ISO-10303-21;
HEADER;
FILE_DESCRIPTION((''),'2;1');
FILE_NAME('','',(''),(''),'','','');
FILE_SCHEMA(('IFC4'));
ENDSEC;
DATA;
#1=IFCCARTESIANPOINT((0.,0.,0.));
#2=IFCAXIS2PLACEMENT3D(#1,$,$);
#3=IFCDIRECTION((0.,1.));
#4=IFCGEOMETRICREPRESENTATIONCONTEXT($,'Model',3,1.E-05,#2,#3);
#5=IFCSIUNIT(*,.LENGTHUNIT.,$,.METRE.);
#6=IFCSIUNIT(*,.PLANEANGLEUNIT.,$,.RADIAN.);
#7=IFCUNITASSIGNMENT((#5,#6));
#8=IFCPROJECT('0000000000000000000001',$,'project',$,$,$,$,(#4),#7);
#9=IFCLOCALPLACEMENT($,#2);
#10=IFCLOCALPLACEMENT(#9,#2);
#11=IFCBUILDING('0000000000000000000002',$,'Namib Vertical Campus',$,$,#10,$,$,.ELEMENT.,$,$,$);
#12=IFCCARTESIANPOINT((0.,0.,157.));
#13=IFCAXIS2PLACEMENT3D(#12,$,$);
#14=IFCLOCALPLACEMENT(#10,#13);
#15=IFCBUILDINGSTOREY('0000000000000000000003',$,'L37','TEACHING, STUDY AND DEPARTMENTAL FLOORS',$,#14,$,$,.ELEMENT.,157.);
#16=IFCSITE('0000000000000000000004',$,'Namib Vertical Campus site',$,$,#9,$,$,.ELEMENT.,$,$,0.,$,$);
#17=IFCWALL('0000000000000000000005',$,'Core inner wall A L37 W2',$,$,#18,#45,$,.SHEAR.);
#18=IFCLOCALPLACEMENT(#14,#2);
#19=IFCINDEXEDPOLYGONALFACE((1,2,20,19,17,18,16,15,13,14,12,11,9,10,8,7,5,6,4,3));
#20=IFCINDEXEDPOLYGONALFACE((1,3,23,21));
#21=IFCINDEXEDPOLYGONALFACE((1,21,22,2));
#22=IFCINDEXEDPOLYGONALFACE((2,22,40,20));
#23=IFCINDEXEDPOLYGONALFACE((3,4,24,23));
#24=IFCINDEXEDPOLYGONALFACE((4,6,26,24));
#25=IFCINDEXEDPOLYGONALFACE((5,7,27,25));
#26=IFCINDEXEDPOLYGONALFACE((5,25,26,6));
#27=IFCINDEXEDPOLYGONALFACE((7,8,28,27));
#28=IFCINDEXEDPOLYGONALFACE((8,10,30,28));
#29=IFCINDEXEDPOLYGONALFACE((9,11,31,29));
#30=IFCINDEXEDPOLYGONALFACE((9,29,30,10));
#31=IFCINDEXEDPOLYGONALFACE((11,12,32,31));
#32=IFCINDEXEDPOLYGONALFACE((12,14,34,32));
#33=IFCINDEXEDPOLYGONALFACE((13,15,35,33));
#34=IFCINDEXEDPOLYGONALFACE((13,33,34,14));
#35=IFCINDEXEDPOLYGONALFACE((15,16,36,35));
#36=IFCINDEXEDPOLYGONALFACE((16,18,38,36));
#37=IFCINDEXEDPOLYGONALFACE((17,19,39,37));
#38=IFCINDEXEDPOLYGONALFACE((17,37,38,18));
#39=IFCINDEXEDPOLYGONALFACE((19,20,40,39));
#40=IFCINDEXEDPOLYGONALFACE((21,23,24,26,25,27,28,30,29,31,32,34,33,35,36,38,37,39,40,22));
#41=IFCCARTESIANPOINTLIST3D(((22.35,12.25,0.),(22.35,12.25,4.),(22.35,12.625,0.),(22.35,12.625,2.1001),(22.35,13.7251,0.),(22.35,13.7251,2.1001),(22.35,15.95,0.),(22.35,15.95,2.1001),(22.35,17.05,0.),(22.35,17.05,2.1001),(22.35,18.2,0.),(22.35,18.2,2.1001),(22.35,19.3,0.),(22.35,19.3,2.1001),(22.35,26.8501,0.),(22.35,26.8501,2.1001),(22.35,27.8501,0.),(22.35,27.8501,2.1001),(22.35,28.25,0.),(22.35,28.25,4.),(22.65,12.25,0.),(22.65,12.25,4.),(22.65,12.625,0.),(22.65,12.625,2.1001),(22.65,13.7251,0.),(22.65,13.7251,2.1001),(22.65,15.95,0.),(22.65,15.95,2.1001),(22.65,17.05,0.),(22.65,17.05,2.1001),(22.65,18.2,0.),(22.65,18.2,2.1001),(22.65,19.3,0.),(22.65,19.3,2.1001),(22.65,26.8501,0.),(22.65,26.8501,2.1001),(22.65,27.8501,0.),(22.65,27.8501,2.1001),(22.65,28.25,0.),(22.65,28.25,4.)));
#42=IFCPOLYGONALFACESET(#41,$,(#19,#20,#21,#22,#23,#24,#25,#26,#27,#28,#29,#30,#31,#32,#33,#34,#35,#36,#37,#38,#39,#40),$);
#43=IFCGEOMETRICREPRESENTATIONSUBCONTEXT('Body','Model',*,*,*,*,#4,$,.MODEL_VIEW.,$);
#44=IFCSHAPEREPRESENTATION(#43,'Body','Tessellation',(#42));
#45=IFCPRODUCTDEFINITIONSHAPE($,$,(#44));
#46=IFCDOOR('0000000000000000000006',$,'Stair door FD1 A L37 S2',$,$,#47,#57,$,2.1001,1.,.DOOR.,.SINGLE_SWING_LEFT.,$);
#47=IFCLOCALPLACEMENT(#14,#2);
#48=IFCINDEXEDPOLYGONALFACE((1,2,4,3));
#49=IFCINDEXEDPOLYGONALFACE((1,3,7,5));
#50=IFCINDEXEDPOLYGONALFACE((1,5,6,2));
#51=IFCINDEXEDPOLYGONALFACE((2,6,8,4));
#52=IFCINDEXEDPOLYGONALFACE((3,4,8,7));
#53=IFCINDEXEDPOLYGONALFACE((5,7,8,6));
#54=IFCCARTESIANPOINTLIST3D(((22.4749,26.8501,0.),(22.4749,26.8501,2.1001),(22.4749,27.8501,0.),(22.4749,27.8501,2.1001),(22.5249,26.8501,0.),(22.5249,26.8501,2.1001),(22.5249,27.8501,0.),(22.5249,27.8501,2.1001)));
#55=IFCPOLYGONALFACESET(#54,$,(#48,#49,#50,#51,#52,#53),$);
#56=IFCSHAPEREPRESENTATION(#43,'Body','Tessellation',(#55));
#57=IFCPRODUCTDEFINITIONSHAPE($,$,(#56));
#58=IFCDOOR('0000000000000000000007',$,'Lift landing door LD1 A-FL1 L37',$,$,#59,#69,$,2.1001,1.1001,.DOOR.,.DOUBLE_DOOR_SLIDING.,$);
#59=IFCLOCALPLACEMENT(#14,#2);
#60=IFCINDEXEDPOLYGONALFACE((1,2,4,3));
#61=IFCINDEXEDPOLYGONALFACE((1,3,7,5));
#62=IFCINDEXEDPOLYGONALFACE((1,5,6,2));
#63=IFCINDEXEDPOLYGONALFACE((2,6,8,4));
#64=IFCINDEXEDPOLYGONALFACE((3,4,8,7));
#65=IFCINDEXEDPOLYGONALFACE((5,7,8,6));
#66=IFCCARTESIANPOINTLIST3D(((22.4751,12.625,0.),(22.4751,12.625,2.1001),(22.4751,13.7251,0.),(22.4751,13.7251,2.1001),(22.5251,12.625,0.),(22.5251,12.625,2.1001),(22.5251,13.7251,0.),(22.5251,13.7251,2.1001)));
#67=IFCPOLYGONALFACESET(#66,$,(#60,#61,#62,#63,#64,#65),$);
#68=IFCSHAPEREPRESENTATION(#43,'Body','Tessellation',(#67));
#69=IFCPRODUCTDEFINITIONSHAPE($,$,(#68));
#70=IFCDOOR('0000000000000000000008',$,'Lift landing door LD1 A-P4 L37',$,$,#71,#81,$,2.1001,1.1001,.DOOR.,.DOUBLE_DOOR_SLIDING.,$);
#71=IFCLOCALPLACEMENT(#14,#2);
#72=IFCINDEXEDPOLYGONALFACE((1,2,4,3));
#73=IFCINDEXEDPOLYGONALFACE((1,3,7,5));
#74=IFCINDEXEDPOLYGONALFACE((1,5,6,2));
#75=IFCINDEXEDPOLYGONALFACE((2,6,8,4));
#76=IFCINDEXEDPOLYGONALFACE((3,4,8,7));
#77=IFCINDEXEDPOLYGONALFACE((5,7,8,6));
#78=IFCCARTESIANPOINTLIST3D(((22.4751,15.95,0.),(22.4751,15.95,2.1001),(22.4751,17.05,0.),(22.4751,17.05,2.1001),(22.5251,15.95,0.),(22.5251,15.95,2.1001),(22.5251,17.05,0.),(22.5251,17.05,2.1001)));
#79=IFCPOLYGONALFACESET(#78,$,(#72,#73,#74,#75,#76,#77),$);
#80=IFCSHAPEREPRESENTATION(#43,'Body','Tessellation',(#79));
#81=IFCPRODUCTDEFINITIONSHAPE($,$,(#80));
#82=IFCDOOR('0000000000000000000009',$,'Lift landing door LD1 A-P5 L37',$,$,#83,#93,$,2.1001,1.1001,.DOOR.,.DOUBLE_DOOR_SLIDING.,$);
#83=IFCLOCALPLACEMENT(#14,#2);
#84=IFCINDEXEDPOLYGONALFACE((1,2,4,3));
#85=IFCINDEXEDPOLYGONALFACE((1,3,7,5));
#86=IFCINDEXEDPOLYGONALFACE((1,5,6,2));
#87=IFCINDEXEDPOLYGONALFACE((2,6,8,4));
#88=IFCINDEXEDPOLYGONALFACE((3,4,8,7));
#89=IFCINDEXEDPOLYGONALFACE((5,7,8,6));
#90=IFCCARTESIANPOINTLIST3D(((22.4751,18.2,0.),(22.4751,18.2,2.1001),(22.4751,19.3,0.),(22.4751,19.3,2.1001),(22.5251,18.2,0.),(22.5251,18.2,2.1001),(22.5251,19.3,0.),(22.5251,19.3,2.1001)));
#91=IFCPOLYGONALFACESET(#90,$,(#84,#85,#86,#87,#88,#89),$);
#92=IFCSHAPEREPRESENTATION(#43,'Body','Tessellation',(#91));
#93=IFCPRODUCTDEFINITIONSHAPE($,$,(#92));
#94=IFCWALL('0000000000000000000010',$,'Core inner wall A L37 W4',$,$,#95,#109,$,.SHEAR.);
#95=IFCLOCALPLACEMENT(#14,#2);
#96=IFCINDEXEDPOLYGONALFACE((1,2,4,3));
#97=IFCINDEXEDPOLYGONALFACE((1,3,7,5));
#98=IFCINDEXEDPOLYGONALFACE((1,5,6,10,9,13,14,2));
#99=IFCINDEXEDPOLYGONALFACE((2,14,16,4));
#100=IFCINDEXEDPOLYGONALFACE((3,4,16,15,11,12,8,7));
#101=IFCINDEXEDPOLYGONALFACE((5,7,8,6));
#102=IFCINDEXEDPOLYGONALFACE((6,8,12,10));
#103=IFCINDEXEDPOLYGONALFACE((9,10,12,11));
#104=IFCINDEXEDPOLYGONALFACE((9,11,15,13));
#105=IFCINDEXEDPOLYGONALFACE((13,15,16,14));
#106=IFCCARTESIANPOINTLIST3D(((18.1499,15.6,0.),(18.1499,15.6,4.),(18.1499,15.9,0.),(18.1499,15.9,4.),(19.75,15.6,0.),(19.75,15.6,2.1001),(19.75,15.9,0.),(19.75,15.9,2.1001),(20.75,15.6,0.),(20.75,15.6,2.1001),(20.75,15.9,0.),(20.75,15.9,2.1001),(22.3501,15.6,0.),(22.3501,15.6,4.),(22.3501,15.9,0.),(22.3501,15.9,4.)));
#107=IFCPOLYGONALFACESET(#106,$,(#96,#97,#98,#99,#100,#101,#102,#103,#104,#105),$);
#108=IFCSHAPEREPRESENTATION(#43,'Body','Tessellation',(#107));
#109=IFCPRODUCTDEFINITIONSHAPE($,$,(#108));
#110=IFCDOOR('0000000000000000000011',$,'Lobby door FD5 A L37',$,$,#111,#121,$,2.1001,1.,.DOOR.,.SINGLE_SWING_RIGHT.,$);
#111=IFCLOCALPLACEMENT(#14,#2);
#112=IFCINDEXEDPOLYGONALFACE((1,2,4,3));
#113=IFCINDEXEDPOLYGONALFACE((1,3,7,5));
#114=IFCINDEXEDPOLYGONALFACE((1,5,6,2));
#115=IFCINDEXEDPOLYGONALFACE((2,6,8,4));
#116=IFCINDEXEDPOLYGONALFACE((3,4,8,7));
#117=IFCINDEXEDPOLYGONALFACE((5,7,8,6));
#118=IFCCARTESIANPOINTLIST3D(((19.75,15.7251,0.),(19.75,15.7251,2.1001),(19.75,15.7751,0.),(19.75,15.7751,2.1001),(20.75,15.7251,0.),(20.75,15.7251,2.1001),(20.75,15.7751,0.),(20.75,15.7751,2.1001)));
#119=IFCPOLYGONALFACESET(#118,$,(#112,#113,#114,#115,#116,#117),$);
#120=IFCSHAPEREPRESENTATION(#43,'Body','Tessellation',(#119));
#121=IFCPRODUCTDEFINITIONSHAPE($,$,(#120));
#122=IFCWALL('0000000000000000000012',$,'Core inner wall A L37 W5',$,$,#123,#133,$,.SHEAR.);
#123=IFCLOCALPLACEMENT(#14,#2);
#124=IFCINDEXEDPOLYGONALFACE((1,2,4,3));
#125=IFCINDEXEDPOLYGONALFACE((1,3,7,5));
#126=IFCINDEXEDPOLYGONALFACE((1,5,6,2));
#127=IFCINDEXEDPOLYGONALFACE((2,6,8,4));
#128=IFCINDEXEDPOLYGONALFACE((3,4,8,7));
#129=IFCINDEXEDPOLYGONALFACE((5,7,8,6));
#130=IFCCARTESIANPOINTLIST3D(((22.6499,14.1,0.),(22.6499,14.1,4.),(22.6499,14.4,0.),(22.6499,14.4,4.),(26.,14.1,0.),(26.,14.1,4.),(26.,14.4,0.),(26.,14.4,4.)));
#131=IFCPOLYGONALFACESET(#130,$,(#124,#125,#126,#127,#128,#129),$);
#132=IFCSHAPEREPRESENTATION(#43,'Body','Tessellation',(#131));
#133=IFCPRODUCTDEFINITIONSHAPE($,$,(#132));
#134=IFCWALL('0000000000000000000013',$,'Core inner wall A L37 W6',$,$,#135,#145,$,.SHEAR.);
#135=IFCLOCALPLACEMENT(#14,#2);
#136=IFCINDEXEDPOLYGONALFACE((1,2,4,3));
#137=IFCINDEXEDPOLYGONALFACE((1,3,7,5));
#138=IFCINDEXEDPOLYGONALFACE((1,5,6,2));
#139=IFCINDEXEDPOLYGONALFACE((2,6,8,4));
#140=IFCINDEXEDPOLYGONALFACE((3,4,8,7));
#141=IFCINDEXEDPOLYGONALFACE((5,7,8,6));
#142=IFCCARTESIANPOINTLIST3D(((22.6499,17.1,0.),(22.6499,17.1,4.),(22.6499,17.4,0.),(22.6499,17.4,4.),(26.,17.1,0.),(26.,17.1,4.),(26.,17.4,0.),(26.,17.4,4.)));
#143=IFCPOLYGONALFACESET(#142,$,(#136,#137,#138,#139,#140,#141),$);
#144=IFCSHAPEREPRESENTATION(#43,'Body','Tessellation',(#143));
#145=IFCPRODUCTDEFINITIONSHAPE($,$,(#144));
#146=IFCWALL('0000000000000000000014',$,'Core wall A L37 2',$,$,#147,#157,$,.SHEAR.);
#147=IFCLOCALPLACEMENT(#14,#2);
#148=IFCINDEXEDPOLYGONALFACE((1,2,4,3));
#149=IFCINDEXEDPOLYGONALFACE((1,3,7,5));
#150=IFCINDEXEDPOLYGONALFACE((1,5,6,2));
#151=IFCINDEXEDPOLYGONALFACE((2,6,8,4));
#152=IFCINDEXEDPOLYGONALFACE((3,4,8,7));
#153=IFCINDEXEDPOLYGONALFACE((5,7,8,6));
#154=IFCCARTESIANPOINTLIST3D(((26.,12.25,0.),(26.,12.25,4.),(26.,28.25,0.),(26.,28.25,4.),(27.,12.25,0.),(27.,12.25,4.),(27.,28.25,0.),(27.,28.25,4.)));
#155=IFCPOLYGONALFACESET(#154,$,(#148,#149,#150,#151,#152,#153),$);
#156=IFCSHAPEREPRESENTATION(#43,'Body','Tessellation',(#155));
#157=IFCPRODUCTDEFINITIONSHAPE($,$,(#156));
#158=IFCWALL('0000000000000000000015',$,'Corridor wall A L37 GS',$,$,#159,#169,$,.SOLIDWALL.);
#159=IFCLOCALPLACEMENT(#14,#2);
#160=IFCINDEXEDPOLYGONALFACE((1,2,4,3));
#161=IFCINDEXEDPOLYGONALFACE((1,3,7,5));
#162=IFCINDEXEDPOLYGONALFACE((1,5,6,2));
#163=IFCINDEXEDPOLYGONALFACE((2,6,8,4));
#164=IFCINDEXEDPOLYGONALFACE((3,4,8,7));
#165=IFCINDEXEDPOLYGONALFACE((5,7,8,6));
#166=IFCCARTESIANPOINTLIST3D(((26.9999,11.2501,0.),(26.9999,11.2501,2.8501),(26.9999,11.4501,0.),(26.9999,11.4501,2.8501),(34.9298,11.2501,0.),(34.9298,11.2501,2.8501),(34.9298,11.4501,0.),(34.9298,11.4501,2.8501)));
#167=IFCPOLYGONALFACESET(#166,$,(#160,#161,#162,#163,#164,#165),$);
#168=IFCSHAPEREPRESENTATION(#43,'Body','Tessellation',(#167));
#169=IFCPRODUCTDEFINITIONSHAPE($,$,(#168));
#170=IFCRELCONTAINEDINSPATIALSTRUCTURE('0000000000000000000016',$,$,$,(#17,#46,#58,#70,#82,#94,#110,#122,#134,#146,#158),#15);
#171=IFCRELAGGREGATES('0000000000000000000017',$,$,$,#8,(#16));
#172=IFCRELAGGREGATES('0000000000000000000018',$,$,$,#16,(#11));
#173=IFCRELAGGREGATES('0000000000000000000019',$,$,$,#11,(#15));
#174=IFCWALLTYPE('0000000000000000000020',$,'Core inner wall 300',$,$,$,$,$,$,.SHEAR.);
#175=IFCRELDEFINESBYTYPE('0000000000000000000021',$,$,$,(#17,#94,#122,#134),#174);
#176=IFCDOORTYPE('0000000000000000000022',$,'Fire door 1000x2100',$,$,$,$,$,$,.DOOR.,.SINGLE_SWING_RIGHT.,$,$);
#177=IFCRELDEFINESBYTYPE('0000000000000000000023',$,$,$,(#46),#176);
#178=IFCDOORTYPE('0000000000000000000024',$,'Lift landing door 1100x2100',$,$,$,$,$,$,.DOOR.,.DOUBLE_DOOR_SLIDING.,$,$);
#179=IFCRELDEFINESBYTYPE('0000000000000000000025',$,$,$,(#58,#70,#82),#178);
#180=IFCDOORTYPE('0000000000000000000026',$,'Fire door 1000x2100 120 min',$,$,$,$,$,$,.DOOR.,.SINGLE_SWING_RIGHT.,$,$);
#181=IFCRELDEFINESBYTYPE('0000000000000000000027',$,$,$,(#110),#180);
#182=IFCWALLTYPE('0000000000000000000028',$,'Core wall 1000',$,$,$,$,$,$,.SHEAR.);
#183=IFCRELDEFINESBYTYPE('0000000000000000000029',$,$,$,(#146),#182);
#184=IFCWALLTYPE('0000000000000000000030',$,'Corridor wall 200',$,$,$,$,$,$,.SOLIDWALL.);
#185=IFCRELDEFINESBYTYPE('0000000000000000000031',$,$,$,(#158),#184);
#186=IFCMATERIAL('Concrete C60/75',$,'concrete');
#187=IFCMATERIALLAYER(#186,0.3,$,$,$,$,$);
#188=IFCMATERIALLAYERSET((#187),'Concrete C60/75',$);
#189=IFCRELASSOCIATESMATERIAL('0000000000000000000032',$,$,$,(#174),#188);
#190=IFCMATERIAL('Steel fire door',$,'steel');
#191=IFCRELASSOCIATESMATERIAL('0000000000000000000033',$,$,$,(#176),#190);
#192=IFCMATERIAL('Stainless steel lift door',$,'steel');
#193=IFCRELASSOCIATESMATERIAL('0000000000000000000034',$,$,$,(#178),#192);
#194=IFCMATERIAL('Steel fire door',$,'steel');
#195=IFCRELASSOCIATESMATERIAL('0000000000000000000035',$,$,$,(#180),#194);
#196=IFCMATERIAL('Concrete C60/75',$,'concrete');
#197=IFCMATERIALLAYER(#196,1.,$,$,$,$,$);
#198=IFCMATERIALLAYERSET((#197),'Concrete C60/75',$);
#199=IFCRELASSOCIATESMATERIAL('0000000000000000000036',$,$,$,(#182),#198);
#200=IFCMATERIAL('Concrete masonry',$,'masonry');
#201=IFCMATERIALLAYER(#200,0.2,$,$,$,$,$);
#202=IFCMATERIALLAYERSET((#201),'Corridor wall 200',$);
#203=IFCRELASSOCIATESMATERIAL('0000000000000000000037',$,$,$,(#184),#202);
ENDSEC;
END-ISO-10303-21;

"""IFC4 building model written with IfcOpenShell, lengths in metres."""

from ifc_helpers import new_model, si_unit, direction, frame, frame_2d, origin, place, context, subcontext, project, spatial, rectangle, extrude, material, layer, layer_set, type_object, element, fill, save


model = new_model("IFC4")

# Units and contexts
model_context = context("Model", 3, precision=1e-05, world=origin(), true_north=direction((0.0, 1.0)))
body_context = subcontext(model_context, "Body", "Model", "MODEL_VIEW")
ifc_project = project(units=[si_unit("LENGTHUNIT", "METRE"), si_unit("PLANEANGLEUNIT", "RADIAN")], contexts=[model_context])

# Site, building, storey
site_placement = place(None, origin())
site = spatial("IfcSite", under=ifc_project, at=site_placement, Name="Namib Vertical Campus site", CompositionType="ELEMENT", RefElevation=0.0)
building_placement = place(site_placement, origin())
building = spatial("IfcBuilding", under=site, at=building_placement, Name="Namib Vertical Campus", CompositionType="ELEMENT")
storey_placement = place(building_placement, frame((0.0, 0.0, 157.0)))
storey = spatial("IfcBuildingStorey", under=building, at=storey_placement, Name="L37", Description="TEACHING, STUDY AND DEPARTMENTAL FLOORS", CompositionType="ELEMENT", Elevation=157.0)

# Wall, openings, doors
ifc_material_1 = material(Name="Concrete C60/75", Category="concrete")
ifc_layer_1 = layer(ifc_material_1, 0.3)
ifc_layer_set_1 = layer_set([ifc_layer_1], Name="Concrete C60/75")
wall_type_1 = type_object("IfcWallType", Name="Core inner wall 300", PredefinedType="SHEAR", material=ifc_layer_set_1)
ifc_material_2 = material(Name="Steel fire door", Category="steel")
door_type_1 = type_object("IfcDoorType", Name="Fire door 1000x2100", OperationType="SINGLE_SWING_RIGHT", PredefinedType="DOOR", material=ifc_material_2)
ifc_material_3 = material(Name="Stainless steel lift door", Category="steel")
door_type_2 = type_object("IfcDoorType", Name="Lift landing door 1100x2100", OperationType="DOUBLE_DOOR_SLIDING", PredefinedType="DOOR", material=ifc_material_3)
wall_1_placement = place(storey_placement, frame((22.5, 12.25, 0.0), z_axis=(0.0, 0.0, 1.0), x_axis=(0.0, 1.0, 0.0)))
wall_1 = element("IfcWall", 1, at=wall_1_placement, inside=storey, type_object=wall_type_1, Name="Core inner wall A L37 W2", PredefinedType="SHEAR", context=body_context, shape_type="SweptSolid", body=[
    extrude(rectangle(XDim=16.0, YDim=0.3, at=frame_2d((8.0, 0.0))), origin(), (0.0, 0.0, 1.0), 4.0),
])
opening_1_placement = place(wall_1_placement, frame((14.6001, 0.0, 0.0)))
opening_1 = element("IfcOpeningElement", 2, at=opening_1_placement, cuts=wall_1, PredefinedType="OPENING", context=body_context, shape_type="SweptSolid", body=[
    extrude(rectangle(XDim=1.0, YDim=2.1001, at=frame_2d((0.5, 1.05))), frame((0.0, 0.1599, 0.0), z_axis=(0.0, -1.0, 0.0), x_axis=(1.0, 0.0, 0.0)), (0.0, 0.0, 1.0), 0.3201),
])
opening_2_placement = place(wall_1_placement, frame((0.375, 0.0, 0.0)))
opening_2 = element("IfcOpeningElement", 3, at=opening_2_placement, cuts=wall_1, PredefinedType="OPENING", context=body_context, shape_type="SweptSolid", body=[
    extrude(rectangle(XDim=1.1001, YDim=2.1001, at=frame_2d((0.55, 1.05))), frame((0.0, 0.1599, 0.0), z_axis=(0.0, -1.0, 0.0), x_axis=(1.0, 0.0, 0.0)), (0.0, 0.0, 1.0), 0.3201),
])
opening_3_placement = place(wall_1_placement, frame((3.7, 0.0, 0.0)))
opening_3 = element("IfcOpeningElement", 4, at=opening_3_placement, cuts=wall_1, PredefinedType="OPENING", context=body_context, shape_type="SweptSolid", body=[
    extrude(rectangle(XDim=1.1001, YDim=2.1001, at=frame_2d((0.55, 1.05))), frame((0.0, 0.1599, 0.0), z_axis=(0.0, -1.0, 0.0), x_axis=(1.0, 0.0, 0.0)), (0.0, 0.0, 1.0), 0.3201),
])
opening_4_placement = place(wall_1_placement, frame((5.95, 0.0, 0.0)))
opening_4 = element("IfcOpeningElement", 5, at=opening_4_placement, cuts=wall_1, PredefinedType="OPENING", context=body_context, shape_type="SweptSolid", body=[
    extrude(rectangle(XDim=1.1001, YDim=2.1001, at=frame_2d((0.55, 1.05))), frame((0.0, 0.1599, 0.0), z_axis=(0.0, -1.0, 0.0), x_axis=(1.0, 0.0, 0.0)), (0.0, 0.0, 1.0), 0.3201),
])
door_1_placement = place(opening_1_placement, frame((1.0, 0.0, 0.0), z_axis=(0.0, 0.0, 1.0), x_axis=(-1.0, 0.0, 0.0)))
door_1 = element("IfcDoor", 6, at=door_1_placement, inside=storey, type_object=door_type_1, Name="Stair door FD1 A L37 S2", OperationType="SINGLE_SWING_LEFT", OverallHeight=2.1001, OverallWidth=1.0, PredefinedType="DOOR", context=body_context, shape_type="SweptSolid", body=[
    extrude(rectangle(XDim=1.0, YDim=2.1001, at=frame_2d((0.5, 1.05))), frame((0.0, 0.0249, 0.0), z_axis=(0.0, -1.0, 0.0), x_axis=(1.0, 0.0, 0.0)), (0.0, 0.0, 1.0), 0.05),
])
fill(opening_1, door_1)
door_2_placement = place(opening_2_placement, origin())
door_2 = element("IfcDoor", 7, at=door_2_placement, inside=storey, type_object=door_type_2, Name="Lift landing door LD1 A-FL1 L37", OperationType="DOUBLE_DOOR_SLIDING", OverallHeight=2.1001, OverallWidth=1.1001, PredefinedType="DOOR", context=body_context, shape_type="SweptSolid", body=[
    extrude(rectangle(XDim=1.1001, YDim=2.1001, at=frame_2d((0.55, 1.05))), frame((0.0, 0.0249, 0.0), z_axis=(0.0, -1.0, 0.0), x_axis=(1.0, 0.0, 0.0)), (0.0, 0.0, 1.0), 0.05),
])
fill(opening_2, door_2)
door_3_placement = place(opening_3_placement, origin())
door_3 = element("IfcDoor", 8, at=door_3_placement, inside=storey, type_object=door_type_2, Name="Lift landing door LD1 A-P4 L37", OperationType="DOUBLE_DOOR_SLIDING", OverallHeight=2.1001, OverallWidth=1.1001, PredefinedType="DOOR", context=body_context, shape_type="SweptSolid", body=[
    extrude(rectangle(XDim=1.1001, YDim=2.1001, at=frame_2d((0.55, 1.05))), frame((0.0, 0.0249, 0.0), z_axis=(0.0, -1.0, 0.0), x_axis=(1.0, 0.0, 0.0)), (0.0, 0.0, 1.0), 0.05),
])
fill(opening_3, door_3)
door_4_placement = place(opening_4_placement, origin())
door_4 = element("IfcDoor", 9, at=door_4_placement, inside=storey, type_object=door_type_2, Name="Lift landing door LD1 A-P5 L37", OperationType="DOUBLE_DOOR_SLIDING", OverallHeight=2.1001, OverallWidth=1.1001, PredefinedType="DOOR", context=body_context, shape_type="SweptSolid", body=[
    extrude(rectangle(XDim=1.1001, YDim=2.1001, at=frame_2d((0.55, 1.05))), frame((0.0, 0.0249, 0.0), z_axis=(0.0, -1.0, 0.0), x_axis=(1.0, 0.0, 0.0)), (0.0, 0.0, 1.0), 0.05),
])
fill(opening_4, door_4)

# Wall, opening, door
wall_2_placement = place(storey_placement, frame((18.1499, 15.75, 0.0), z_axis=(0.0, 0.0, 1.0), x_axis=(1.0, 0.0, 0.0)))
wall_2 = element("IfcWall", 10, at=wall_2_placement, inside=storey, type_object=wall_type_1, Name="Core inner wall A L37 W4", PredefinedType="SHEAR", context=body_context, shape_type="SweptSolid", body=[
    extrude(rectangle(XDim=4.2002, YDim=0.3, at=frame_2d((2.1001, 0.0))), origin(), (0.0, 0.0, 1.0), 4.0),
])
opening_5_placement = place(wall_2_placement, frame((1.6001, 0.0, 0.0)))
opening_5 = element("IfcOpeningElement", 11, at=opening_5_placement, cuts=wall_2, PredefinedType="OPENING", context=body_context, shape_type="SweptSolid", body=[
    extrude(rectangle(XDim=1.0, YDim=2.1001, at=frame_2d((0.5, 1.05))), frame((0.0, 0.1599, 0.0), z_axis=(0.0, -1.0, 0.0), x_axis=(1.0, 0.0, 0.0)), (0.0, 0.0, 1.0), 0.3201),
])
ifc_material_4 = material(Name="Steel fire door", Category="steel")
door_type_3 = type_object("IfcDoorType", Name="Fire door 1000x2100 120 min", OperationType="SINGLE_SWING_RIGHT", PredefinedType="DOOR", material=ifc_material_4)
door_5_placement = place(opening_5_placement, frame((1.0, 0.0, 0.0), z_axis=(0.0, 0.0, 1.0), x_axis=(-1.0, 0.0, 0.0)))
door_5 = element("IfcDoor", 12, at=door_5_placement, inside=storey, type_object=door_type_3, Name="Lobby door FD5 A L37", OperationType="SINGLE_SWING_RIGHT", OverallHeight=2.1001, OverallWidth=1.0, PredefinedType="DOOR", context=body_context, shape_type="SweptSolid", body=[
    extrude(rectangle(XDim=1.0, YDim=2.1001, at=frame_2d((0.5, 1.05))), frame((0.0, 0.0249, 0.0), z_axis=(0.0, -1.0, 0.0), x_axis=(1.0, 0.0, 0.0)), (0.0, 0.0, 1.0), 0.05),
])
fill(opening_5, door_5)

# Walls
for number, where, z_axis, x_axis, name in (
    (13, (22.6499, 14.25, 0.0), (0.0, 0.0, 1.0), (1.0, 0.0, 0.0), "Core inner wall A L37 W5"),
    (14, (22.6499, 17.25, 0.0), (0.0, 0.0, 1.0), (1.0, 0.0, 0.0), "Core inner wall A L37 W6"),
):
    element("IfcWall", number, at=place(storey_placement, frame(where, z_axis=z_axis, x_axis=x_axis)), inside=storey, type_object=wall_type_1, Name=name, PredefinedType="SHEAR", context=body_context, shape_type="SweptSolid", body=[
        extrude(rectangle(XDim=3.3501, YDim=0.3, at=frame_2d((1.675, 0.0))), origin(), (0.0, 0.0, 1.0), 4.0),
    ])
ifc_material_5 = material(Name="Concrete C60/75", Category="concrete")
ifc_layer_2 = layer(ifc_material_5, 1.0)
ifc_layer_set_2 = layer_set([ifc_layer_2], Name="Concrete C60/75")
wall_type_2 = type_object("IfcWallType", Name="Core wall 1000", PredefinedType="SHEAR", material=ifc_layer_set_2)
wall_3_placement = place(storey_placement, frame((26.5, 12.25, 0.0), z_axis=(0.0, 0.0, 1.0), x_axis=(0.0, 1.0, 0.0)))
element("IfcWall", 15, at=wall_3_placement, inside=storey, type_object=wall_type_2, Name="Core wall A L37 2", PredefinedType="SHEAR", context=body_context, shape_type="SweptSolid", body=[
    extrude(rectangle(XDim=16.0, YDim=1.0, at=frame_2d((8.0, 0.0))), origin(), (0.0, 0.0, 1.0), 4.0),
])
ifc_material_6 = material(Name="Concrete masonry", Category="masonry")
ifc_layer_3 = layer(ifc_material_6, 0.2)
ifc_layer_set_3 = layer_set([ifc_layer_3], Name="Corridor wall 200")
wall_type_3 = type_object("IfcWallType", Name="Corridor wall 200", PredefinedType="SOLIDWALL", material=ifc_layer_set_3)
wall_4_placement = place(storey_placement, frame((27.0, 11.3501, 0.0), z_axis=(0.0, 0.0, 1.0), x_axis=(1.0, 0.0, 0.0)))
element("IfcWall", 16, at=wall_4_placement, inside=storey, type_object=wall_type_3, Name="Corridor wall A L37 GS", PredefinedType="SOLIDWALL", context=body_context, shape_type="SweptSolid", body=[
    extrude(rectangle(XDim=7.9299, YDim=0.2, at=frame_2d((3.9648, 0.0))), origin(), (0.0, 0.0, 1.0), 2.8501),
])

save(model, "model.ifc")
